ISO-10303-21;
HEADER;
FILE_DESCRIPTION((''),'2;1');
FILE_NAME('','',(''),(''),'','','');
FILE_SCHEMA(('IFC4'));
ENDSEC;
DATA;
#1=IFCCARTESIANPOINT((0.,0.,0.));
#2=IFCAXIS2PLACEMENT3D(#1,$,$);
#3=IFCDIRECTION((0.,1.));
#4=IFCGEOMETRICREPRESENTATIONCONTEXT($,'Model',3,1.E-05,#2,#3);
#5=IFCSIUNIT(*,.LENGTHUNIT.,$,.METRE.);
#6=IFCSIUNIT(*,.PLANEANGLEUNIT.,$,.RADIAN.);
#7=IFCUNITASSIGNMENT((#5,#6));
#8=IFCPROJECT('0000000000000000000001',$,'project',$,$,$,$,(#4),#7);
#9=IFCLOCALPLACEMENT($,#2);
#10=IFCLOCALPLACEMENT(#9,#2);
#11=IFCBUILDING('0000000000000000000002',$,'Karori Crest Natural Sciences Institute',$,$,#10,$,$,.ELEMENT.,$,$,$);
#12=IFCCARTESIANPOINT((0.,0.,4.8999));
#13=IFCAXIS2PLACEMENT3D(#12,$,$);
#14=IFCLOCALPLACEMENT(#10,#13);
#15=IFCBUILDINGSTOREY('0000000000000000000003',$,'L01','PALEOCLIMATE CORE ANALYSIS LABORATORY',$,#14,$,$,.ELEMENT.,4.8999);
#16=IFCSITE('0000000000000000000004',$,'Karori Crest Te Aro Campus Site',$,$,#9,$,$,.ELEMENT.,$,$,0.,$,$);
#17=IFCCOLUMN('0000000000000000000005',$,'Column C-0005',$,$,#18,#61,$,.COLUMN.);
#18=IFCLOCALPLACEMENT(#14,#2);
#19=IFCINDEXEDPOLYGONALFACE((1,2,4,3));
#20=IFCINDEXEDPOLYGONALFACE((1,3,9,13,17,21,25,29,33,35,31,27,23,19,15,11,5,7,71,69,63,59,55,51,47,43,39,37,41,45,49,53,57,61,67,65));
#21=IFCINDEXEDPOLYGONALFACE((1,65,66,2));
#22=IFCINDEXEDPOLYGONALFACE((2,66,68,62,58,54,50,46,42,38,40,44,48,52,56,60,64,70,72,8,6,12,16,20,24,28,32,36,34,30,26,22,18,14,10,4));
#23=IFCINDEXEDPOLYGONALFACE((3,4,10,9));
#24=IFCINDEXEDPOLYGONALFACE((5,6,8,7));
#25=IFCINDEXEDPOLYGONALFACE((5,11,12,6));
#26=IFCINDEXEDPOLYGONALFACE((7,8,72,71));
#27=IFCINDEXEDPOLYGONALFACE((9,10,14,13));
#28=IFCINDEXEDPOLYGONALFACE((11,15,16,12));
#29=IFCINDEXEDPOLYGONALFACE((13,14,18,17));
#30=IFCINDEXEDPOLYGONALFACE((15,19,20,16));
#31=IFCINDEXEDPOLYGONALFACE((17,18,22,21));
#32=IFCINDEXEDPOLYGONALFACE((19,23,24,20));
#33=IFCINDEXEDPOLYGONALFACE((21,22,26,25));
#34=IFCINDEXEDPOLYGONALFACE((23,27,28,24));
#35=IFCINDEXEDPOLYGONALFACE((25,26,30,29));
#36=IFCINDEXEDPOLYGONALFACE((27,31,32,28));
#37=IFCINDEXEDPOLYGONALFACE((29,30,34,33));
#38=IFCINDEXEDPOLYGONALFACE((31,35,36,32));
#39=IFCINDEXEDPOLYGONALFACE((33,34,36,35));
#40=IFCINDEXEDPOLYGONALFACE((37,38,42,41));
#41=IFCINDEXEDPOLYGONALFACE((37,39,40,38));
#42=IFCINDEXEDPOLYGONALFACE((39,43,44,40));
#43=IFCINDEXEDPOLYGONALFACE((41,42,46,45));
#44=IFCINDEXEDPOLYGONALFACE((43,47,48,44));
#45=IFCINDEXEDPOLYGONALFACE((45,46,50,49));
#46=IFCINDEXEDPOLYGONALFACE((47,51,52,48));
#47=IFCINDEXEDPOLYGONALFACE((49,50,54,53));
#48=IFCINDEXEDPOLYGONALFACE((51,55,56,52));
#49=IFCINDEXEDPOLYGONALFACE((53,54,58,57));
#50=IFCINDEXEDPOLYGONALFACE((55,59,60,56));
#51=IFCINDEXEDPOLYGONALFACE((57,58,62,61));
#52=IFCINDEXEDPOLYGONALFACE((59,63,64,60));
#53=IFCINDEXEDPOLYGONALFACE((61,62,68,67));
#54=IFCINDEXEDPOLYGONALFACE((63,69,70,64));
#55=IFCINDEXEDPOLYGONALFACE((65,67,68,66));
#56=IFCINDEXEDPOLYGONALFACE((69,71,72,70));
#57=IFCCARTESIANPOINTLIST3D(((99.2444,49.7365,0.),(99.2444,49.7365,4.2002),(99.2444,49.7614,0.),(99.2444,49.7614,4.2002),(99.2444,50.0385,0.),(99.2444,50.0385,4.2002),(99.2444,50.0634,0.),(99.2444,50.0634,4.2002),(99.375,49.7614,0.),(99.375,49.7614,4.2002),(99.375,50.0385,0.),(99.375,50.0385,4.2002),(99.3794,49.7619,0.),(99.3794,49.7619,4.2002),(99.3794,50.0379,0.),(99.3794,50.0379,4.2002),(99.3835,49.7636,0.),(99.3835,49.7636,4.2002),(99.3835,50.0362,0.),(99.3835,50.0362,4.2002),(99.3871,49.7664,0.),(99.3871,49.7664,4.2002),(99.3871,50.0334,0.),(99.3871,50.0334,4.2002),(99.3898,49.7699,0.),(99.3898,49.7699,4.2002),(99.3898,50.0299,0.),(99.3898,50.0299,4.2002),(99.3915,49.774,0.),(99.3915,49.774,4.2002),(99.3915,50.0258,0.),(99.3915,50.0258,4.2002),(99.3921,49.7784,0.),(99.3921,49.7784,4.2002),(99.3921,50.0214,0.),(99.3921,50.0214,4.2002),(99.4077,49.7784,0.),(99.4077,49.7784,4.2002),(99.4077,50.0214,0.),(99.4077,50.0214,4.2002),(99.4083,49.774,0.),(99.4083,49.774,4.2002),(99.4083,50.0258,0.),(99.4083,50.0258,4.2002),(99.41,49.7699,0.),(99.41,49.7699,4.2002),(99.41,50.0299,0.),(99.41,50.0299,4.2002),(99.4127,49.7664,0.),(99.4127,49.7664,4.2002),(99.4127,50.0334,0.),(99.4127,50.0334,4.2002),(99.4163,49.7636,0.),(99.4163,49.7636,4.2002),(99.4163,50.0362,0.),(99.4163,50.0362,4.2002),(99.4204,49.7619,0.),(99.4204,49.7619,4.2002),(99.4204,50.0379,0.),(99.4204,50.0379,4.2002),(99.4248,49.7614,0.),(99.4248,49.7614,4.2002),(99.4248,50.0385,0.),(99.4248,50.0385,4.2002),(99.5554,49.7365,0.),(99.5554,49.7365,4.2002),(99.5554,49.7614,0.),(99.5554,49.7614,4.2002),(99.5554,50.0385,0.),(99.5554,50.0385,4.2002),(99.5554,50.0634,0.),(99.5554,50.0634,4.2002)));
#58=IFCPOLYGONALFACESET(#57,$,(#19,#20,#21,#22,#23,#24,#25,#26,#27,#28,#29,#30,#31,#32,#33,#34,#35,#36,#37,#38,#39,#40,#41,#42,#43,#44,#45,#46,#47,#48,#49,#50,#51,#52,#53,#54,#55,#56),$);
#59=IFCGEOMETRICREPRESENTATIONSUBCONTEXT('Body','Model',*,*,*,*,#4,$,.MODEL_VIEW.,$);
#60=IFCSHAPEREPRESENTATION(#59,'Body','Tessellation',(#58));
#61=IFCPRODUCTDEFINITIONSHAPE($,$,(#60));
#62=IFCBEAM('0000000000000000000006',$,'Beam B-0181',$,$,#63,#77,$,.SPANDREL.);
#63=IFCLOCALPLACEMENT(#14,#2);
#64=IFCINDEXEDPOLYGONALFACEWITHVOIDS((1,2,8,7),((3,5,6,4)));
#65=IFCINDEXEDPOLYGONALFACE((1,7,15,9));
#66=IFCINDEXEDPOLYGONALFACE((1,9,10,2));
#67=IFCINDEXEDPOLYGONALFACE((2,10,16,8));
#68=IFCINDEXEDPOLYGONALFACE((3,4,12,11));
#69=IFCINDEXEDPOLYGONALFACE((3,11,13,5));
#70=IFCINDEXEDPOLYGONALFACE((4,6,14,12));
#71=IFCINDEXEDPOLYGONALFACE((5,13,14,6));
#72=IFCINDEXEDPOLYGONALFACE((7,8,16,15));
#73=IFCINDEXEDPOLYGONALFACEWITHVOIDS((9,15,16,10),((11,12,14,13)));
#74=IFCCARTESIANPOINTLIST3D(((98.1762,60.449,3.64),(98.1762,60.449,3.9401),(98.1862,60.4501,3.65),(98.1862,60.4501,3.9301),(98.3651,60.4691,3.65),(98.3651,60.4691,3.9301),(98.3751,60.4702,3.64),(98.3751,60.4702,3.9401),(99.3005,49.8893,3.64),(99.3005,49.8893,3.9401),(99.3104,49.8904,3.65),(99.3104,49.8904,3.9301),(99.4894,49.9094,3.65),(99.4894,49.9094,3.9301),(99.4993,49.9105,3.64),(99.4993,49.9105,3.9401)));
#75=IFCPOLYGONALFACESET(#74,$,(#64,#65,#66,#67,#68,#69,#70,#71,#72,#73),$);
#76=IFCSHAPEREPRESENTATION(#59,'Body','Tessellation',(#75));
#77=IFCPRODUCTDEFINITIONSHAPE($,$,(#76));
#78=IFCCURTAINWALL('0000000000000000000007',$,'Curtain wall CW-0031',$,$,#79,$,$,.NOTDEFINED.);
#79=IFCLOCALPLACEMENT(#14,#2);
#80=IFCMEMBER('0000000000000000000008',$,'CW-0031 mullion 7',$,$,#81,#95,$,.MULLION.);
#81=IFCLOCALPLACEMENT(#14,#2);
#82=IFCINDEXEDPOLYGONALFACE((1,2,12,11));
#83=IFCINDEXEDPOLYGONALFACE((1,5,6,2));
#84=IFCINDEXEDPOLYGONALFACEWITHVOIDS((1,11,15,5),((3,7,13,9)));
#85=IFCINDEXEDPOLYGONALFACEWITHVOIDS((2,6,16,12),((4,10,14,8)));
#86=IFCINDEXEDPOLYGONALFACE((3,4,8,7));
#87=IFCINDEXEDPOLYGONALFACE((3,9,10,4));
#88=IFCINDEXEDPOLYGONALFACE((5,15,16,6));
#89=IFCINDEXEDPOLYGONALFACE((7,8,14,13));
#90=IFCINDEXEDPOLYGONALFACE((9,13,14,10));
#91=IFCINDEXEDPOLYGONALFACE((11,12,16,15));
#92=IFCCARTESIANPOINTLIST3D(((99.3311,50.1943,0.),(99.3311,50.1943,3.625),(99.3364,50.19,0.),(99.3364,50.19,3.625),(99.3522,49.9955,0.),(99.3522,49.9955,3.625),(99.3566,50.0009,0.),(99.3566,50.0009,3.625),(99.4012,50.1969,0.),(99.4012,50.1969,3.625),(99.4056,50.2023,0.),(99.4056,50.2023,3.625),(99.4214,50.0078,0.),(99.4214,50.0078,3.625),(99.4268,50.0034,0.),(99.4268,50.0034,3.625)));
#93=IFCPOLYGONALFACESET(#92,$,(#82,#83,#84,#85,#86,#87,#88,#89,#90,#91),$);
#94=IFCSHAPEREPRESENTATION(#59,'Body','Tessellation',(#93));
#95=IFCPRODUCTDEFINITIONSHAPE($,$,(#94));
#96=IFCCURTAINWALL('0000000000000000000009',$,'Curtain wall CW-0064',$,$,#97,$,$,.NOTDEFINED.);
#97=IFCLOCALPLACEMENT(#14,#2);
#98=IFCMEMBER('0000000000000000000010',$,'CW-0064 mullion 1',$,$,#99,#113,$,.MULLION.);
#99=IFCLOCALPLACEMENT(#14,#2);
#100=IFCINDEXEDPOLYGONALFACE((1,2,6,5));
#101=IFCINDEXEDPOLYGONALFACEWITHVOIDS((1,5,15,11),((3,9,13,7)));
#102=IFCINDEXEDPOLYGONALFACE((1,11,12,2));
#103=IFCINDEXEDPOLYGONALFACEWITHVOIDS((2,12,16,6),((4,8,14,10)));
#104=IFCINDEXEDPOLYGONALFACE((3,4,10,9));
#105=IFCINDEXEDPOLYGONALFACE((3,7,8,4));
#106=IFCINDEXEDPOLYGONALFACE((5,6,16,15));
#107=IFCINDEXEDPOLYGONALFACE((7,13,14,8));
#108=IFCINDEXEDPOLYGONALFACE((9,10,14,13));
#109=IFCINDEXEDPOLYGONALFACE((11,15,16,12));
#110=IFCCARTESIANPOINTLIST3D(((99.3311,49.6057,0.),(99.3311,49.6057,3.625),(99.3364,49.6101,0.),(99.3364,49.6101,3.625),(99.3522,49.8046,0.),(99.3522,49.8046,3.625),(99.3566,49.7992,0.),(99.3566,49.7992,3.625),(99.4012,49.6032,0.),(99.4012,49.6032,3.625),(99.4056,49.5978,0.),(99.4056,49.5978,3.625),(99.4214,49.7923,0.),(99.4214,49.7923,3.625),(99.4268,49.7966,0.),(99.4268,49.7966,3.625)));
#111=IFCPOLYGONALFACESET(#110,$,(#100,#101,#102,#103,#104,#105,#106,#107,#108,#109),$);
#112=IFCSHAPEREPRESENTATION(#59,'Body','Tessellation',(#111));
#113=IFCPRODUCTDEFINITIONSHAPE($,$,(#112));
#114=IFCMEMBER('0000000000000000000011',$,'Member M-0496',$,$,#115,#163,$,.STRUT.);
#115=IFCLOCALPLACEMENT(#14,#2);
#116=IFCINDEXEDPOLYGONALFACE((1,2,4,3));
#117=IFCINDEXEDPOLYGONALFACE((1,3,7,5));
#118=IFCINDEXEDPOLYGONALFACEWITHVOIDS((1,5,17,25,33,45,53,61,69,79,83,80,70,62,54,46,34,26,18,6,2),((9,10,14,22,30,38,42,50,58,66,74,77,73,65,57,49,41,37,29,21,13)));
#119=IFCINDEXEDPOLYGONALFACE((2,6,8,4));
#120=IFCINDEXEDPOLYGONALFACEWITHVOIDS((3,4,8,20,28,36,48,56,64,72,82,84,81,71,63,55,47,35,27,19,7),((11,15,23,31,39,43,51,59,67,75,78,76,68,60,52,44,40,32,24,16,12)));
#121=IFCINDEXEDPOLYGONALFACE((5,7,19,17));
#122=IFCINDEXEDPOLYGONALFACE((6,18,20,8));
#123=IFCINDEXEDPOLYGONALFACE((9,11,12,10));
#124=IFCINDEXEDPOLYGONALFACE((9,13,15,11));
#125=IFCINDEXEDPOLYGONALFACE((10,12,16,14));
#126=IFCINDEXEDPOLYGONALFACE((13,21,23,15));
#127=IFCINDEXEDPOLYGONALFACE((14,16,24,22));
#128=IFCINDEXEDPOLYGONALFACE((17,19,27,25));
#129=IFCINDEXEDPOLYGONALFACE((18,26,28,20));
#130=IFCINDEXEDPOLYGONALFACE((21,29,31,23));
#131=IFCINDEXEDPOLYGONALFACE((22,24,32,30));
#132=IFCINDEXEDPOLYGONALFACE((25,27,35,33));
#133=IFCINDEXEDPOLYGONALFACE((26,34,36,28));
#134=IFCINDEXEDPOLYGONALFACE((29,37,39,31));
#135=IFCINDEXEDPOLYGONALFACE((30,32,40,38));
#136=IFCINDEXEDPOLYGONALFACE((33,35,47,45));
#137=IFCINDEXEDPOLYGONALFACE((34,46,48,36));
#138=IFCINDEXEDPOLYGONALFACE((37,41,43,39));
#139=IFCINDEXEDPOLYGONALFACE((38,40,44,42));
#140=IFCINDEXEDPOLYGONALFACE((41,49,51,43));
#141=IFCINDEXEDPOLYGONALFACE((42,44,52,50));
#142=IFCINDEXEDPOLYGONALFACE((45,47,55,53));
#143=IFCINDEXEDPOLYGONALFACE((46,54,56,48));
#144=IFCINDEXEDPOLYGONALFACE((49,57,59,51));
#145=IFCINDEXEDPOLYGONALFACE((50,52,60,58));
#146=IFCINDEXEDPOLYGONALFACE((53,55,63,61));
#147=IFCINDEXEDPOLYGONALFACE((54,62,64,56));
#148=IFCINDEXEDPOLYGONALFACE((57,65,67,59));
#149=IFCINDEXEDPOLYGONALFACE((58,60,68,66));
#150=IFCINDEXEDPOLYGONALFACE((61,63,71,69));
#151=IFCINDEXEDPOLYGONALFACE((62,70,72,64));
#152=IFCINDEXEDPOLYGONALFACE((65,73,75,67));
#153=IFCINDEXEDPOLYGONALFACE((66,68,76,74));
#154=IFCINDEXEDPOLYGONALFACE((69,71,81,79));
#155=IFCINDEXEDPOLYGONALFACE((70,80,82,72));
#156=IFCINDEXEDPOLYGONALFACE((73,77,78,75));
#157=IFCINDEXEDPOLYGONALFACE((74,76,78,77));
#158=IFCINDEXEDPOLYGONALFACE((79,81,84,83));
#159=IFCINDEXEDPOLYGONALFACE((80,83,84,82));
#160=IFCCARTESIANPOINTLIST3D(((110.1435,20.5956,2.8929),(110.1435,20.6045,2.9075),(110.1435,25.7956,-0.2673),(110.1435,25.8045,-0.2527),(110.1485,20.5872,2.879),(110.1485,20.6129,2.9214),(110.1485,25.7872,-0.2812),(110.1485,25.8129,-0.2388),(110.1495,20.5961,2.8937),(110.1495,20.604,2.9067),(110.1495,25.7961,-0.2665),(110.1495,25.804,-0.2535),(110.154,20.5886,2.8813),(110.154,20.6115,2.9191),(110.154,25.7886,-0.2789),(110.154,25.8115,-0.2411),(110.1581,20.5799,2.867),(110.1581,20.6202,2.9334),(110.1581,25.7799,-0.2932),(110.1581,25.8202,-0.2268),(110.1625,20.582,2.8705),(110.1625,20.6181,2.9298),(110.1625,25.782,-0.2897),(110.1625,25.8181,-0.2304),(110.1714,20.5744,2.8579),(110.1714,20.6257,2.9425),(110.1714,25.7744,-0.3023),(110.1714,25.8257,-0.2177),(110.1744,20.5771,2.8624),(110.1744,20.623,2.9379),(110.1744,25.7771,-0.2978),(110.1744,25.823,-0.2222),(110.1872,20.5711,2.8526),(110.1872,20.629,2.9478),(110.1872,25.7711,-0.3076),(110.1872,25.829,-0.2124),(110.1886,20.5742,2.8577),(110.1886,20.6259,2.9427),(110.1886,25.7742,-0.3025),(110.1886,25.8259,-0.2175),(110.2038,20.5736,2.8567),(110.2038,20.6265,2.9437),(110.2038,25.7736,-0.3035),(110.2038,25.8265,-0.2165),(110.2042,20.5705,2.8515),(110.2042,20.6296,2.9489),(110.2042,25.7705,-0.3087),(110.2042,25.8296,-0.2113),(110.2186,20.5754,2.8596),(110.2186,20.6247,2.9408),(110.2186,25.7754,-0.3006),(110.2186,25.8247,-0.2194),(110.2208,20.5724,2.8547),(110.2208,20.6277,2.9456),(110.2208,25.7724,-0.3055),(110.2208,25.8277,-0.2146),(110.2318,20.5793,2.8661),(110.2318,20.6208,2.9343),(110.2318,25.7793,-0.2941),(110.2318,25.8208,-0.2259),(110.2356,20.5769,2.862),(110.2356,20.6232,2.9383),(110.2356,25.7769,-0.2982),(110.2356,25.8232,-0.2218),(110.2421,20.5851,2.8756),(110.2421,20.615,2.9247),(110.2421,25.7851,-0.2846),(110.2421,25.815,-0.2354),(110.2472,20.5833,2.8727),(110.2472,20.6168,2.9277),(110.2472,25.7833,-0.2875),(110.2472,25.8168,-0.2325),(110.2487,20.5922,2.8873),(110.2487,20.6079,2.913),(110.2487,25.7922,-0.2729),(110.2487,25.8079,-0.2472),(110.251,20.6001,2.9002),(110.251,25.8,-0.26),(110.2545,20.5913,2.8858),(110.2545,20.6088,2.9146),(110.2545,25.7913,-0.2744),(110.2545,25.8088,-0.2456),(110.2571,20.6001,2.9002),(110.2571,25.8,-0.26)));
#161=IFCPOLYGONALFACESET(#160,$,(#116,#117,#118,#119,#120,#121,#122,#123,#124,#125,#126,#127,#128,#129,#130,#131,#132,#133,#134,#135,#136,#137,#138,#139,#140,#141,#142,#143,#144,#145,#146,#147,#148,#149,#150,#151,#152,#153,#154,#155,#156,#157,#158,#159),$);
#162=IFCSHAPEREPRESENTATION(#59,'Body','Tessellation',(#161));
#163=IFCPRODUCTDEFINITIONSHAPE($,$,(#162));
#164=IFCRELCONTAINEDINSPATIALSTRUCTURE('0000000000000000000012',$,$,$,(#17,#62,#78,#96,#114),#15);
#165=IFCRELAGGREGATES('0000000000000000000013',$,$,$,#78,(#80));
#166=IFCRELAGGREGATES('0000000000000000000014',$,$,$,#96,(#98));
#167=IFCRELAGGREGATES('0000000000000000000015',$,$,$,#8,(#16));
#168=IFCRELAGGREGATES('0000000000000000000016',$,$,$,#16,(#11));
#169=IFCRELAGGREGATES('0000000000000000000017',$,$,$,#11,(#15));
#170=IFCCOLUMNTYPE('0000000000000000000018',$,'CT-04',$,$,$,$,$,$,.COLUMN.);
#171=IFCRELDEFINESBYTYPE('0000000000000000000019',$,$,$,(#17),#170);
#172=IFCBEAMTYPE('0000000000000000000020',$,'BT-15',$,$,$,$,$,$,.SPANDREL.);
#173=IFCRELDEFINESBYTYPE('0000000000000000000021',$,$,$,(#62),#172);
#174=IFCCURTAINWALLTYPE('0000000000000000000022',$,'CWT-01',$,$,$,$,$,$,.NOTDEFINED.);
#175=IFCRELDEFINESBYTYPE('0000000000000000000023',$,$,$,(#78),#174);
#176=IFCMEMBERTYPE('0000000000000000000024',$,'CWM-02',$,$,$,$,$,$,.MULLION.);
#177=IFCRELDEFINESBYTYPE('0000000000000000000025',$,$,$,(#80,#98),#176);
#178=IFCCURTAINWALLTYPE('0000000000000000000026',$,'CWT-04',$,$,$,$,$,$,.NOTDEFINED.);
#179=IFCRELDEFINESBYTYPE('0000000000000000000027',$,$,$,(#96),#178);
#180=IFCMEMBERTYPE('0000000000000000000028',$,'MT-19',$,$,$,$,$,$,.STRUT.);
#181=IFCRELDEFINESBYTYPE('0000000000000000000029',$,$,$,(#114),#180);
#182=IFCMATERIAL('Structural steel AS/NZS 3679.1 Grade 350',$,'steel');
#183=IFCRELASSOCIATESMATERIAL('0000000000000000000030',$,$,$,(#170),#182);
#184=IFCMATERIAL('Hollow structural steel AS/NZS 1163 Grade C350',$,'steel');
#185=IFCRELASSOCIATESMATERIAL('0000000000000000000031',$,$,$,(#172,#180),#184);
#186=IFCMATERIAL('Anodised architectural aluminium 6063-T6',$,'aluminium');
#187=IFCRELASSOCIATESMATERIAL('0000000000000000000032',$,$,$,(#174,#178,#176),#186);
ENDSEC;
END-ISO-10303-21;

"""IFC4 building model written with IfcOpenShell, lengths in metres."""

from ifc_helpers import new_model, si_unit, direction, frame, origin, origin_2d, place, context, subcontext, project, spatial, hollow_rectangle, hollow_circle, i_section, extrude, material, material_profile, profile_set, type_object, element, aggregate, save


model = new_model("IFC4")

# Units and contexts
model_context = context("Model", 3, precision=1e-05, world=origin(), true_north=direction((0.0, 1.0)))
body_context = subcontext(model_context, "Body", "Model", "MODEL_VIEW")
ifc_project = project(units=[si_unit("LENGTHUNIT", "METRE"), si_unit("PLANEANGLEUNIT", "RADIAN")], contexts=[model_context])

# Site, building, storey
site_placement = place(None, origin())
site = spatial("IfcSite", under=ifc_project, at=site_placement, Name="Karori Crest Te Aro Campus Site", CompositionType="ELEMENT", RefElevation=0.0)
building_placement = place(site_placement, origin())
building = spatial("IfcBuilding", under=site, at=building_placement, Name="Karori Crest Natural Sciences Institute", CompositionType="ELEMENT")
storey_placement = place(building_placement, frame((0.0, 0.0, 4.8999)))
storey = spatial("IfcBuildingStorey", under=building, at=storey_placement, Name="L01", Description="PALEOCLIMATE CORE ANALYSIS LABORATORY", CompositionType="ELEMENT", Elevation=4.8999)

# Column
ifc_material_1 = material(Name="Structural steel AS/NZS 3679.1 Grade 350", Category="steel")
ifc_material_profile_1 = material_profile(ifc_material_1, i_section(OverallWidth=0.311, OverallDepth=0.3269, WebThickness=0.0156, FlangeThickness=0.0249, FilletRadius=0.0171, at=origin_2d()), Name="310UC158")
ifc_profile_set_1 = profile_set([ifc_material_profile_1], Name="Structural steel AS/NZS 3679.1 Grade 350")
column_type = type_object("IfcColumnType", Name="CT-04", PredefinedType="COLUMN", material=ifc_profile_set_1)
column_placement = place(storey_placement, frame((99.3999, 49.8999, 0.0), z_axis=(0.0, 0.0, 1.0), x_axis=(1.0, 0.0, 0.0)))
element("IfcColumn", 1, at=column_placement, inside=storey, type_object=column_type, Name="Column C-0005", PredefinedType="COLUMN", context=body_context, shape_type="SweptSolid", body=[
    extrude(i_section(OverallWidth=0.311, OverallDepth=0.3269, WebThickness=0.0156, FlangeThickness=0.0249, FilletRadius=0.0171, at=origin_2d()), origin(), (0.0, 0.0, 1.0), 4.2002),
])

# Beam
ifc_material_2 = material(Name="Hollow structural steel AS/NZS 1163 Grade C350", Category="steel")
ifc_material_profile_2 = material_profile(ifc_material_2, hollow_rectangle(XDim=0.2, YDim=0.3, WallThickness=0.01, at=origin_2d()), Name="RHS300x200x10")
ifc_profile_set_2 = profile_set([ifc_material_profile_2], Name="Hollow structural steel AS/NZS 1163 Grade C350")
beam_type = type_object("IfcBeamType", Name="BT-15", PredefinedType="SPANDREL", material=ifc_profile_set_2)
beam_placement = place(storey_placement, frame((99.3999, 49.8999, 3.79), z_axis=(-0.105868, 0.99438, 0.0), x_axis=(-0.99438, -0.105868, 0.0)))
element("IfcBeam", 2, at=beam_placement, inside=storey, type_object=beam_type, Name="Beam B-0181", PredefinedType="SPANDREL", context=body_context, shape_type="SweptSolid", body=[
    extrude(hollow_rectangle(XDim=0.2, YDim=0.3, WallThickness=0.01, at=origin_2d()), origin(), (0.0, 0.0, 1.0), 10.6194),
])

# Curtain walls, members
ifc_material_3 = material(Name="Anodised architectural aluminium 6063-T6", Category="aluminium")
curtain_wall_type_1 = type_object("IfcCurtainWallType", Name="CWT-01", PredefinedType="NOTDEFINED", material=ifc_material_3)
curtain_wall_1_placement = place(storey_placement, origin())
curtain_wall_1 = element("IfcCurtainWall", 3, at=curtain_wall_1_placement, inside=storey, type_object=curtain_wall_type_1, Name="Curtain wall CW-0031", PredefinedType="NOTDEFINED")
ifc_material_profile_3 = material_profile(ifc_material_3, hollow_rectangle(XDim=0.075, YDim=0.2, WallThickness=0.0049, at=origin_2d()), Name="CWM200x75x5")
ifc_profile_set_3 = profile_set([ifc_material_profile_3], Name="Anodised architectural aluminium 6063-T6")
member_type_1 = type_object("IfcMemberType", Name="CWM-02", PredefinedType="MULLION", material=ifc_profile_set_3)
member_1_placement = place(storey_placement, frame((99.3789, 50.0989, 0.0), z_axis=(0.0, 0.0, 1.0), x_axis=(0.994379, 0.105882, 0.0)))
member_1 = element("IfcMember", 4, at=member_1_placement, type_object=member_type_1, Name="CW-0031 mullion 7", PredefinedType="MULLION", context=body_context, shape_type="SweptSolid", body=[
    extrude(hollow_rectangle(XDim=0.075, YDim=0.2, WallThickness=0.0049, at=origin_2d()), origin(), (0.0, 0.0, 1.0), 3.625),
])
aggregate(curtain_wall_1, [member_1])
curtain_wall_type_2 = type_object("IfcCurtainWallType", Name="CWT-04", PredefinedType="NOTDEFINED", material=ifc_material_3)
curtain_wall_2_placement = place(storey_placement, origin())
curtain_wall_2 = element("IfcCurtainWall", 5, at=curtain_wall_2_placement, inside=storey, type_object=curtain_wall_type_2, Name="Curtain wall CW-0064", PredefinedType="NOTDEFINED")
member_2_placement = place(storey_placement, frame((99.3789, 49.7012, 0.0), z_axis=(0.0, 0.0, 1.0), x_axis=(0.994378, -0.105884, 0.0)))
member_2 = element("IfcMember", 6, at=member_2_placement, type_object=member_type_1, Name="CW-0064 mullion 1", PredefinedType="MULLION", context=body_context, shape_type="SweptSolid", body=[
    extrude(hollow_rectangle(XDim=0.075, YDim=0.2, WallThickness=0.0049, at=origin_2d()), origin(), (0.0, 0.0, 1.0), 3.625),
])
aggregate(curtain_wall_2, [member_2])

# Member
ifc_material_profile_4 = material_profile(ifc_material_2, hollow_circle(Radius=0.0571, WallThickness=0.0061, at=origin_2d()), Name="CHS114.3x6.0")
ifc_profile_set_4 = profile_set([ifc_material_profile_4], Name="Hollow structural steel AS/NZS 1163 Grade C350")
member_type_2 = type_object("IfcMemberType", Name="MT-19", PredefinedType="STRUT", material=ifc_profile_set_4)
for number, where, z_axis, x_axis, name in (
    (7, (110.2, 25.8, -0.26), (0.0, -0.854566, 0.519343), (1.0, 0.0, 0.0), "Member M-0496"),
):
    element("IfcMember", number, at=place(storey_placement, frame(where, z_axis=z_axis, x_axis=x_axis)), inside=storey, type_object=member_type_2, Name=name, PredefinedType="STRUT", context=body_context, shape_type="SweptSolid", body=[
        extrude(hollow_circle(Radius=0.0571, WallThickness=0.0061, at=origin_2d()), origin(), (0.0, 0.0, 1.0), 6.085),
    ])

save(model, "model.ifc")
